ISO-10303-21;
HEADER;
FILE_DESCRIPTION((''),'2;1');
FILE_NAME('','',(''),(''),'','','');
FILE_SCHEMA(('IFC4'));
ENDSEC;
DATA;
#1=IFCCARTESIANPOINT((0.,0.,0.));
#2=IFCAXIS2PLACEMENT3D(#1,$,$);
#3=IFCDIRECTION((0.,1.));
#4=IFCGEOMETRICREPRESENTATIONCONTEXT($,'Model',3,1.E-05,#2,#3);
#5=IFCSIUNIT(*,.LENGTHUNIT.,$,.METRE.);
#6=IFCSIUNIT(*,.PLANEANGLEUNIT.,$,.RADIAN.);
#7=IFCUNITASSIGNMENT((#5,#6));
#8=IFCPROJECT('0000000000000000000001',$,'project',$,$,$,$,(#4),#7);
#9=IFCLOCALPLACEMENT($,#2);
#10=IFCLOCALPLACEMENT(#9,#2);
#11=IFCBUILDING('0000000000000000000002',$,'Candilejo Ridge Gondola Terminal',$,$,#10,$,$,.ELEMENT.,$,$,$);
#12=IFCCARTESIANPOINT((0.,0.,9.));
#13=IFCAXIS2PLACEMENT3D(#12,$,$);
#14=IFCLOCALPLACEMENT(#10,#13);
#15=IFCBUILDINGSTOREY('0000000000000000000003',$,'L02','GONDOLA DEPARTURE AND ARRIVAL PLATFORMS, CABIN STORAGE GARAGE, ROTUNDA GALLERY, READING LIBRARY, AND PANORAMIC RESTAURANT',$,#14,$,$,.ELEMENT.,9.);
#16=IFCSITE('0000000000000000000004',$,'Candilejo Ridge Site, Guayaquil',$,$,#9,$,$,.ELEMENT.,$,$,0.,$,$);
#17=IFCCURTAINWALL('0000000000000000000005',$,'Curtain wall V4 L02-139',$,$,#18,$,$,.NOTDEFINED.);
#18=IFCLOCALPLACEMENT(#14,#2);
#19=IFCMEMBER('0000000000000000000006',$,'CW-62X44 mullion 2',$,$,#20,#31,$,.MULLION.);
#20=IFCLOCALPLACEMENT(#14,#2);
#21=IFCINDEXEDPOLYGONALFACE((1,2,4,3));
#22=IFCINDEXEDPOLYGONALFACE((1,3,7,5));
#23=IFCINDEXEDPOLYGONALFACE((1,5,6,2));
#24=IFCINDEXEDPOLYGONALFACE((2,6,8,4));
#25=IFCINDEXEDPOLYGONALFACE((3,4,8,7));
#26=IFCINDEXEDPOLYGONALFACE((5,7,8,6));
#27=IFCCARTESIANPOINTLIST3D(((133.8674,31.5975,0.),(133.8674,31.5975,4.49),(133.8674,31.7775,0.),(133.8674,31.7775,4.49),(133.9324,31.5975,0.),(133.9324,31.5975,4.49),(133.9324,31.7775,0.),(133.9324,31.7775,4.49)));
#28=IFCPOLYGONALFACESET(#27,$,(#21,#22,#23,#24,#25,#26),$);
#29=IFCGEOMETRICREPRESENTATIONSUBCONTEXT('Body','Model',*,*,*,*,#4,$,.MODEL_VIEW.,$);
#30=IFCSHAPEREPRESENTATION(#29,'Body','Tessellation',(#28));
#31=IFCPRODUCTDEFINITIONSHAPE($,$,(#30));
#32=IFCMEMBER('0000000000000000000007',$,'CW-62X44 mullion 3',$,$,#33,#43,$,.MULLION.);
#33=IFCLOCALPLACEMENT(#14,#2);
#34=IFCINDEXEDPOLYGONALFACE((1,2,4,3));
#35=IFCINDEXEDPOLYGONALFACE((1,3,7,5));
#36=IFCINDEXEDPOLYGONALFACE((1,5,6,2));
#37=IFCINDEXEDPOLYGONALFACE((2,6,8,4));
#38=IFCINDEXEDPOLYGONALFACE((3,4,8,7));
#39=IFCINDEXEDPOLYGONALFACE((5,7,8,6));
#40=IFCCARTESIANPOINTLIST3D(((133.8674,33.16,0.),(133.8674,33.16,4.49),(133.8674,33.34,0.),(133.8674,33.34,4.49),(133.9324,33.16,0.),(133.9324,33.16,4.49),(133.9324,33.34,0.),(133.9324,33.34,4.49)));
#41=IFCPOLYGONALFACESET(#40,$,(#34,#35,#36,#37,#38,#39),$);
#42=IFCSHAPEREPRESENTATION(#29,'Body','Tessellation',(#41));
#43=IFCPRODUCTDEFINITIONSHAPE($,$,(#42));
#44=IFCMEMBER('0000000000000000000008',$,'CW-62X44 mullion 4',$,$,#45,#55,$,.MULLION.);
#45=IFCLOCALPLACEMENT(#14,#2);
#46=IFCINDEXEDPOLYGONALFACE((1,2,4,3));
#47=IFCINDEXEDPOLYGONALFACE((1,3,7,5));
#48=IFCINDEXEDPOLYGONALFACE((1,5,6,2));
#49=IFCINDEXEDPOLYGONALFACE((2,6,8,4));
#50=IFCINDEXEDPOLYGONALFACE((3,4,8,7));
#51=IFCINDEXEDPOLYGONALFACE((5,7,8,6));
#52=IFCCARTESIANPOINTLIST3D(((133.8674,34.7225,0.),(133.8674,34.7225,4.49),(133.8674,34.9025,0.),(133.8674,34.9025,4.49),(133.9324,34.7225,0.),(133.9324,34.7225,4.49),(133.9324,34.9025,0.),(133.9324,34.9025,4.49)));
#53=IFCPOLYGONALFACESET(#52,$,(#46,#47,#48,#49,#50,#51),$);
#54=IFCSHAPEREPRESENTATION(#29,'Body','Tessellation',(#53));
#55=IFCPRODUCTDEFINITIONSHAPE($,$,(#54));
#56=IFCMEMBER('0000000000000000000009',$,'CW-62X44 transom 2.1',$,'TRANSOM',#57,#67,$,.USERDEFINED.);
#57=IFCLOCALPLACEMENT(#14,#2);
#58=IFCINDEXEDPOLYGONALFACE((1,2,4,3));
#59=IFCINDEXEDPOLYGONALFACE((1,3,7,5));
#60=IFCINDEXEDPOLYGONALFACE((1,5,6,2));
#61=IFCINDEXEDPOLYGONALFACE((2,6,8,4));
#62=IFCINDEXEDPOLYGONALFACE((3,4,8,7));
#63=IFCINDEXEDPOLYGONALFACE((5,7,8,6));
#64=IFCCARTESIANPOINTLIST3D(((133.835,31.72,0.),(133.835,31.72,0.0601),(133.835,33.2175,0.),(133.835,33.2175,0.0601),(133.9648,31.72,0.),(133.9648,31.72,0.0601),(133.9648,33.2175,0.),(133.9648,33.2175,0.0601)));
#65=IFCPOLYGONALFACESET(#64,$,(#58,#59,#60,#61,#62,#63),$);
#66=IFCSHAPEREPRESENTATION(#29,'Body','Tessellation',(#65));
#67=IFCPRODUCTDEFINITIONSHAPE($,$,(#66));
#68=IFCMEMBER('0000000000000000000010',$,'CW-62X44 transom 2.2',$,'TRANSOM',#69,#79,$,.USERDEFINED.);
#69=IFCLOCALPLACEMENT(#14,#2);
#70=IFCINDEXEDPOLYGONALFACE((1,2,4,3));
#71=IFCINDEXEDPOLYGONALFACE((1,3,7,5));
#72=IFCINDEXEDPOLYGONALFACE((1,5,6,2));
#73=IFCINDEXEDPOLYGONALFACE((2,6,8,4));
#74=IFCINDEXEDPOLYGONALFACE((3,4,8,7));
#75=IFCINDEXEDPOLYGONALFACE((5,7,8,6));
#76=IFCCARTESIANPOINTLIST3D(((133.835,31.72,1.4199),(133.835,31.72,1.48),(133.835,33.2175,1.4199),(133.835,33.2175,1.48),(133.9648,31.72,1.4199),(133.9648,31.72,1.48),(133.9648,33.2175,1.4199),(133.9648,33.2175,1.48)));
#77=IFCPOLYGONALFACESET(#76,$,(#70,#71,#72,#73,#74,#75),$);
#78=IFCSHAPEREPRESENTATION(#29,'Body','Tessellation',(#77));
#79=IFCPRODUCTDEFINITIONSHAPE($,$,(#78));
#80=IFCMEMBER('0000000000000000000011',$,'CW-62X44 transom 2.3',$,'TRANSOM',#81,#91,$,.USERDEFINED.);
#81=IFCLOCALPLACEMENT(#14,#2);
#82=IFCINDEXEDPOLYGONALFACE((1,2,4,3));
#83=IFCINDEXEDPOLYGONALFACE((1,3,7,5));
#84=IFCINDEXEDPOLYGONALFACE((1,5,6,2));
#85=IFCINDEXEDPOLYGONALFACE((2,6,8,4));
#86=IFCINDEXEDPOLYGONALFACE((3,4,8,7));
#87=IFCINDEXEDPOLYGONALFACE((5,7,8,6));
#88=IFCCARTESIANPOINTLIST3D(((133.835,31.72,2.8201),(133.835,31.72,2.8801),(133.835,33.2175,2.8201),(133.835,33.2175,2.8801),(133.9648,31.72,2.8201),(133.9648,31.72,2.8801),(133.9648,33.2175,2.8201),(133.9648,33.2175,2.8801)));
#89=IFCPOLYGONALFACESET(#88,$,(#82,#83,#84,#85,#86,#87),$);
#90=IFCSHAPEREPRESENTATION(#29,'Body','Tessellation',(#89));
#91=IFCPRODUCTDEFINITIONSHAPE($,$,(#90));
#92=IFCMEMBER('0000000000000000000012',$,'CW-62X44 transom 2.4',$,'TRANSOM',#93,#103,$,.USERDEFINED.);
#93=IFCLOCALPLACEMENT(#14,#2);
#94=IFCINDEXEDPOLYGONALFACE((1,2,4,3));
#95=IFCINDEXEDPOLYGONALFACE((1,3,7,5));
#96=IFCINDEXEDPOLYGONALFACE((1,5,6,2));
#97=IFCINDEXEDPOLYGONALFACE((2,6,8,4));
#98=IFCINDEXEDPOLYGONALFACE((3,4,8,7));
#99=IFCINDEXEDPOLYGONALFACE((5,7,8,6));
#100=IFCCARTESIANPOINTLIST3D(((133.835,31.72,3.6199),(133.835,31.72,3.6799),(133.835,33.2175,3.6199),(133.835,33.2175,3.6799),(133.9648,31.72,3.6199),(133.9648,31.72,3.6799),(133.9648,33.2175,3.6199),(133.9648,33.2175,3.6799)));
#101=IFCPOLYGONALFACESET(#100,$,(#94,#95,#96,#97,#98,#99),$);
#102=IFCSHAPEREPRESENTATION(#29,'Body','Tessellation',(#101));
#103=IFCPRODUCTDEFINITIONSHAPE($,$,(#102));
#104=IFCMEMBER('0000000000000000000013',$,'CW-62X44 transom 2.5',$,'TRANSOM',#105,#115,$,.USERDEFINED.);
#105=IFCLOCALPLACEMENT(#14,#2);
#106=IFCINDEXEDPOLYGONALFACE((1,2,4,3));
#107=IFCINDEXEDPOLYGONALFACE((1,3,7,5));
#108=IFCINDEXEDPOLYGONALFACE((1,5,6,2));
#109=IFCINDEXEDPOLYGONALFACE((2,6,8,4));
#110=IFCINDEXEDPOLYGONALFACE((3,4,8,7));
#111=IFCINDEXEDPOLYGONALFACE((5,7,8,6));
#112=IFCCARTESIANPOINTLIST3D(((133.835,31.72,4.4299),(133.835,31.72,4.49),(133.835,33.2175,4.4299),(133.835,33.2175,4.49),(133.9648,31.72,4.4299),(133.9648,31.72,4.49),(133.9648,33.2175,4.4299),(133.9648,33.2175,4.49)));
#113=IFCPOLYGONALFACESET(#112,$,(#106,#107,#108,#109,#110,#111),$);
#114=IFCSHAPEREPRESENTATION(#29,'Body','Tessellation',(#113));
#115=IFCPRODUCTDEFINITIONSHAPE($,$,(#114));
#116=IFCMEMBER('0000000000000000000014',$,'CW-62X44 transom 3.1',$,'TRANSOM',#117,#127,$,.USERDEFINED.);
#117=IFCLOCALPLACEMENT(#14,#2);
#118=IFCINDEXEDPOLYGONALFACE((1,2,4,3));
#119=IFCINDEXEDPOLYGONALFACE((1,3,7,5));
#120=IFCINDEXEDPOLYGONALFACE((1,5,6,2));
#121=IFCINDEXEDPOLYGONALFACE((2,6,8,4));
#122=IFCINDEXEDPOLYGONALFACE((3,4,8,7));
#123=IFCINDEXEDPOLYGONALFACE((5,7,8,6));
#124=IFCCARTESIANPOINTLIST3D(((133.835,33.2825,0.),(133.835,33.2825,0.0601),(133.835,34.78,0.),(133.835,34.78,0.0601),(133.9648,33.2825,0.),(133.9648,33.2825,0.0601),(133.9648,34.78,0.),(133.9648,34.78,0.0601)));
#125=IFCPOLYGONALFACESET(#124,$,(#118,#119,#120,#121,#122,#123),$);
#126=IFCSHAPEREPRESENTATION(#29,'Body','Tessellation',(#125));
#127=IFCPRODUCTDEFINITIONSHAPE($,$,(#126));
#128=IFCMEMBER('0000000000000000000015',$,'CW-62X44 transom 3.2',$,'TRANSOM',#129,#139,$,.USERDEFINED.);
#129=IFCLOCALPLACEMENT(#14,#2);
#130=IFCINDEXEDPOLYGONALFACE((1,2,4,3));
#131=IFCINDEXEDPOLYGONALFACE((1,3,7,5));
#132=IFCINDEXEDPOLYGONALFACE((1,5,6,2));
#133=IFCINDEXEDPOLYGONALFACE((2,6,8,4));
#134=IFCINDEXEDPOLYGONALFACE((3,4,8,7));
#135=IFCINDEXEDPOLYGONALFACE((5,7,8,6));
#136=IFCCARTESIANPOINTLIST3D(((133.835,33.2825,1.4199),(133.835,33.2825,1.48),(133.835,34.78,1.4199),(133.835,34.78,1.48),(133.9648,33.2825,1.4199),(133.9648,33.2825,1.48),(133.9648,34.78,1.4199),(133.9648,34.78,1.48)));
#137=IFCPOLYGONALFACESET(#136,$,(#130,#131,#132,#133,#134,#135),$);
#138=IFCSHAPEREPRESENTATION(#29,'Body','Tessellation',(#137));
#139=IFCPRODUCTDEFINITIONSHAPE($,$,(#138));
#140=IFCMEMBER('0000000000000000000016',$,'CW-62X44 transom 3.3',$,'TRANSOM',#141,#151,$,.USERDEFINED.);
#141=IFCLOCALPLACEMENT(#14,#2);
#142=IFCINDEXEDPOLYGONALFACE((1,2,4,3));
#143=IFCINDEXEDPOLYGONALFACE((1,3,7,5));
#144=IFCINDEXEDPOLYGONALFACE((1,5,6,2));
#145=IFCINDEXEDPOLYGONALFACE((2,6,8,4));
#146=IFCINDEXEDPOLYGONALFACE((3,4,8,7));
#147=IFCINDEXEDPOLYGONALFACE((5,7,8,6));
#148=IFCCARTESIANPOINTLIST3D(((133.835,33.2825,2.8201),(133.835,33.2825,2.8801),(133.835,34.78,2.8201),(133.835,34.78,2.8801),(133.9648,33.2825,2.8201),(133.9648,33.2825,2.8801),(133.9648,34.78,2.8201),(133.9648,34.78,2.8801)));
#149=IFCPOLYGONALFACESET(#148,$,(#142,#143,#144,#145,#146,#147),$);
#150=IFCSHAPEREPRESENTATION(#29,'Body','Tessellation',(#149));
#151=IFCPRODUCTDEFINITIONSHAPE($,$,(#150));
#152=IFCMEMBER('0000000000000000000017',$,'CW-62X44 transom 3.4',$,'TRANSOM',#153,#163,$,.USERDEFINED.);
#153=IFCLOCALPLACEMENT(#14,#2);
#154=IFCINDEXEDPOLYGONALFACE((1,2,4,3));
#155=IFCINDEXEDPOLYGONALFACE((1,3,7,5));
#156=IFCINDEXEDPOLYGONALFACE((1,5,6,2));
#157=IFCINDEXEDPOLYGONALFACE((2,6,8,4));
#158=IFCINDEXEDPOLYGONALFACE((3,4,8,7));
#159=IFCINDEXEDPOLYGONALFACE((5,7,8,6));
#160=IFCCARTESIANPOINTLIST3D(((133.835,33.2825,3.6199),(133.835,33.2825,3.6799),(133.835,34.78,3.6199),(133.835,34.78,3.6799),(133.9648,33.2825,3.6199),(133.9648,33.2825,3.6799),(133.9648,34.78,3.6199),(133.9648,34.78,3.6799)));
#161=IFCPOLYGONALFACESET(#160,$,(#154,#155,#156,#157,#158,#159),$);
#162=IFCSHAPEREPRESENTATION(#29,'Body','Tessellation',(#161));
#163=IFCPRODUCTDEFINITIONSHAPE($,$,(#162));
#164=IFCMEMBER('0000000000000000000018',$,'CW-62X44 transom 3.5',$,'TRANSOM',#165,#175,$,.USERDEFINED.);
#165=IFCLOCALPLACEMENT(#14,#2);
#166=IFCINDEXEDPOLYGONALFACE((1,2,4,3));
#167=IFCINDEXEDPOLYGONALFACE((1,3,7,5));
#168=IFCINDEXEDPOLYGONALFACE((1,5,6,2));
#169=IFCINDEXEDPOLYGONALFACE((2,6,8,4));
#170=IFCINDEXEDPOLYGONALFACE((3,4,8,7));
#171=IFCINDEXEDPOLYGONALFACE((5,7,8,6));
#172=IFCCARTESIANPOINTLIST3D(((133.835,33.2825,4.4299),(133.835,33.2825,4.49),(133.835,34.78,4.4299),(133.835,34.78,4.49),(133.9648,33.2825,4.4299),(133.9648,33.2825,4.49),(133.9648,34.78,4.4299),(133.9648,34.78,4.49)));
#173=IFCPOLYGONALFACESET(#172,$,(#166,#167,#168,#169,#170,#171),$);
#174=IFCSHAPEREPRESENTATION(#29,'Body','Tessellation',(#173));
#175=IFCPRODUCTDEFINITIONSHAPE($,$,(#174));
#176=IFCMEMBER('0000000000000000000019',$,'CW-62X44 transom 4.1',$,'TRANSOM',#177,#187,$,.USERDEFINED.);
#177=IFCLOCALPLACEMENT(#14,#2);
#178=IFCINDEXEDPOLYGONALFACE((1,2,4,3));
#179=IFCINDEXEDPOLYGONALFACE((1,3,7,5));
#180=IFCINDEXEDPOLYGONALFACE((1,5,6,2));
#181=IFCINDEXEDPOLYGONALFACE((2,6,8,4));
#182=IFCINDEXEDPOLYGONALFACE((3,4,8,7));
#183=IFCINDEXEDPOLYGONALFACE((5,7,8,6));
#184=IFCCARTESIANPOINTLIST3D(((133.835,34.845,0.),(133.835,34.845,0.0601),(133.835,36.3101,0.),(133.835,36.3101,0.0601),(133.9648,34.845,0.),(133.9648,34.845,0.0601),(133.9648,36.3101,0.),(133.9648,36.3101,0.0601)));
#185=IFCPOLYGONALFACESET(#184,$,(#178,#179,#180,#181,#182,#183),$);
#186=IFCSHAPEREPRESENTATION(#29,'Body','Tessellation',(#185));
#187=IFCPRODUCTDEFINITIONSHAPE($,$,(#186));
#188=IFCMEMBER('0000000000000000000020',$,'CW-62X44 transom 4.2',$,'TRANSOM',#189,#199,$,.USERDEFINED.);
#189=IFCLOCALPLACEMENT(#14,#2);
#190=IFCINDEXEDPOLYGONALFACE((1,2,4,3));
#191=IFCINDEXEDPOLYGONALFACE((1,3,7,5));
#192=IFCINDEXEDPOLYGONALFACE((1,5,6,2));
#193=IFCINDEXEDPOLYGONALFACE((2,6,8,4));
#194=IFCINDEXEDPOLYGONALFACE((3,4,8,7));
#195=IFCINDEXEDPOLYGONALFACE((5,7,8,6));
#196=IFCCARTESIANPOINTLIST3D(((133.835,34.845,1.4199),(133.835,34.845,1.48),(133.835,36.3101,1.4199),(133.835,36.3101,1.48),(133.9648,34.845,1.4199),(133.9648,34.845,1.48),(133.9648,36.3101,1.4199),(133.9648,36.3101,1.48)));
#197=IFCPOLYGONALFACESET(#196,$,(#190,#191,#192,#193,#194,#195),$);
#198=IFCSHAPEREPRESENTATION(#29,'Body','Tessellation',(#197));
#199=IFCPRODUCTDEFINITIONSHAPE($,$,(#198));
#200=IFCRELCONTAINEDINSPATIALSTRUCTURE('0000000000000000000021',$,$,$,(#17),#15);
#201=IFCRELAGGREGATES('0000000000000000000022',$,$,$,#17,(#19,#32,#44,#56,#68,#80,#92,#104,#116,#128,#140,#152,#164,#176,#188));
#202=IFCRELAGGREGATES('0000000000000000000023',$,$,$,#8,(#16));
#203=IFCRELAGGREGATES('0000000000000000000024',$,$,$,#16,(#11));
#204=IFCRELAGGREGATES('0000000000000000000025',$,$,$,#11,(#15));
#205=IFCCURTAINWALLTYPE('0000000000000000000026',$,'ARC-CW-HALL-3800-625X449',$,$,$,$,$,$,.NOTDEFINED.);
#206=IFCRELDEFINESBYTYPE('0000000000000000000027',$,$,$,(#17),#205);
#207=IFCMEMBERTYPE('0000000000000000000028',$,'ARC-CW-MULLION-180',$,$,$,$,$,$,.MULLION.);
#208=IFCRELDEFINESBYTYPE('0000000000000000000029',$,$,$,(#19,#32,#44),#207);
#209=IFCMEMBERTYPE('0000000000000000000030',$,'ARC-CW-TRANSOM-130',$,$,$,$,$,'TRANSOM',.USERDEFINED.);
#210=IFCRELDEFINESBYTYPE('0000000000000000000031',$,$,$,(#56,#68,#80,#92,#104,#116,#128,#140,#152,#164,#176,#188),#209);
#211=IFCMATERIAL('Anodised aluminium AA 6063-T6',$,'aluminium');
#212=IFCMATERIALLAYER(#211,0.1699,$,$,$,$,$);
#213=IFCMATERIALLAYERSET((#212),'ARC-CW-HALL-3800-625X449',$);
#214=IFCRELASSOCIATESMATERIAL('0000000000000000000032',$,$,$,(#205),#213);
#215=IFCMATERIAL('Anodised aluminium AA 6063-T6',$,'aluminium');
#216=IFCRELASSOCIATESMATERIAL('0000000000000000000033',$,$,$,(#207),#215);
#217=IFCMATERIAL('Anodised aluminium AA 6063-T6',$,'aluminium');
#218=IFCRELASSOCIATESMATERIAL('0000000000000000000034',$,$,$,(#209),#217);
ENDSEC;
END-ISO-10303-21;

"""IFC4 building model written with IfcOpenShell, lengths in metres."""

from ifc_helpers import new_model, si_unit, direction, frame, origin, origin_2d, place, context, subcontext, project, spatial, rectangle, extrude, material, layer, layer_set, material_profile, profile_set, type_object, element, aggregate, save


model = new_model("IFC4")

# Units and contexts
model_context = context("Model", 3, precision=1e-05, world=origin(), true_north=direction((0.0, 1.0)))
body_context = subcontext(model_context, "Body", "Model", "MODEL_VIEW")
ifc_project = project(units=[si_unit("LENGTHUNIT", "METRE"), si_unit("PLANEANGLEUNIT", "RADIAN")], contexts=[model_context])

# Site, building, storey
site_placement = place(None, origin())
site = spatial("IfcSite", under=ifc_project, at=site_placement, Name="Candilejo Ridge Site, Guayaquil", CompositionType="ELEMENT", RefElevation=0.0)
building_placement = place(site_placement, origin())
building = spatial("IfcBuilding", under=site, at=building_placement, Name="Candilejo Ridge Gondola Terminal", CompositionType="ELEMENT")
storey_placement = place(building_placement, frame((0.0, 0.0, 9.0)))
storey = spatial("IfcBuildingStorey", under=building, at=storey_placement, Name="L02", Description="GONDOLA DEPARTURE AND ARRIVAL PLATFORMS, CABIN STORAGE GARAGE, ROTUNDA GALLERY, READING LIBRARY, AND PANORAMIC RESTAURANT", CompositionType="ELEMENT", Elevation=9.0)

# Curtain wall, members
ifc_material_1 = material(Name="Anodised aluminium AA 6063-T6", Category="aluminium")
ifc_layer_1 = layer(ifc_material_1, 0.1699)
ifc_layer_set_1 = layer_set([ifc_layer_1], Name="ARC-CW-HALL-3800-625X449")
curtain_wall_type = type_object("IfcCurtainWallType", Name="ARC-CW-HALL-3800-625X449", PredefinedType="NOTDEFINED", material=ifc_layer_set_1)
curtain_wall_placement = place(storey_placement, origin())
curtain_wall = element("IfcCurtainWall", 1, at=curtain_wall_placement, inside=storey, type_object=curtain_wall_type, Name="Curtain wall V4 L02-139", PredefinedType="NOTDEFINED")
ifc_material_2 = material(Name="Anodised aluminium AA 6063-T6", Category="aluminium")
ifc_material_profile_1 = material_profile(ifc_material_2, rectangle(XDim=0.0649, YDim=0.1799, at=origin_2d()))
ifc_profile_set_1 = profile_set([ifc_material_profile_1], Name="Anodised aluminium AA 6063-T6")
member_type_1 = type_object("IfcMemberType", Name="ARC-CW-MULLION-180", PredefinedType="MULLION", material=ifc_profile_set_1)
member_1_placement = place(storey_placement, frame((133.8999, 31.6875, 0.0), z_axis=(0.0, 0.0, 1.0), x_axis=(-1.0, 0.0, 0.0)))
member_1 = element("IfcMember", 2, at=member_1_placement, type_object=member_type_1, Name="CW-62X44 mullion 2", PredefinedType="MULLION", context=body_context, shape_type="SweptSolid", body=[
    extrude(rectangle(XDim=0.0649, YDim=0.1799, at=origin_2d()), origin(), (0.0, 0.0, 1.0), 4.49),
])
member_2_placement = place(storey_placement, frame((133.8999, 33.25, 0.0), z_axis=(0.0, 0.0, 1.0), x_axis=(-1.0, 0.0, 0.0)))
member_2 = element("IfcMember", 3, at=member_2_placement, type_object=member_type_1, Name="CW-62X44 mullion 3", PredefinedType="MULLION", context=body_context, shape_type="SweptSolid", body=[
    extrude(rectangle(XDim=0.0649, YDim=0.1799, at=origin_2d()), origin(), (0.0, 0.0, 1.0), 4.49),
])
member_3_placement = place(storey_placement, frame((133.8999, 34.8125, 0.0), z_axis=(0.0, 0.0, 1.0), x_axis=(-1.0, 0.0, 0.0)))
member_3 = element("IfcMember", 4, at=member_3_placement, type_object=member_type_1, Name="CW-62X44 mullion 4", PredefinedType="MULLION", context=body_context, shape_type="SweptSolid", body=[
    extrude(rectangle(XDim=0.0649, YDim=0.1799, at=origin_2d()), origin(), (0.0, 0.0, 1.0), 4.49),
])
ifc_material_3 = material(Name="Anodised aluminium AA 6063-T6", Category="aluminium")
ifc_material_profile_2 = material_profile(ifc_material_3, rectangle(XDim=0.1299, YDim=0.0601, at=origin_2d()))
ifc_profile_set_2 = profile_set([ifc_material_profile_2], Name="Anodised aluminium AA 6063-T6")
member_type_2 = type_object("IfcMemberType", Name="ARC-CW-TRANSOM-130", ElementType="TRANSOM", PredefinedType="USERDEFINED", material=ifc_profile_set_2)
member_4_placement = place(storey_placement, frame((133.8999, 31.72, 0.03), z_axis=(0.0, 1.0, 0.0), x_axis=(-1.0, 0.0, 0.0)))
member_4 = element("IfcMember", 5, at=member_4_placement, type_object=member_type_2, Name="CW-62X44 transom 2.1", ObjectType="TRANSOM", PredefinedType="USERDEFINED", context=body_context, shape_type="SweptSolid", body=[
    extrude(rectangle(XDim=0.1299, YDim=0.0601, at=origin_2d()), origin(), (0.0, 0.0, 1.0), 1.4976),
])
member_5_placement = place(storey_placement, frame((133.8999, 31.72, 1.45), z_axis=(0.0, 1.0, 0.0), x_axis=(-1.0, 0.0, 0.0)))
member_5 = element("IfcMember", 6, at=member_5_placement, type_object=member_type_2, Name="CW-62X44 transom 2.2", ObjectType="TRANSOM", PredefinedType="USERDEFINED", context=body_context, shape_type="SweptSolid", body=[
    extrude(rectangle(XDim=0.1299, YDim=0.0601, at=origin_2d()), origin(), (0.0, 0.0, 1.0), 1.4976),
])
member_6_placement = place(storey_placement, frame((133.8999, 31.72, 2.8501), z_axis=(0.0, 1.0, 0.0), x_axis=(-1.0, 0.0, 0.0)))
member_6 = element("IfcMember", 7, at=member_6_placement, type_object=member_type_2, Name="CW-62X44 transom 2.3", ObjectType="TRANSOM", PredefinedType="USERDEFINED", context=body_context, shape_type="SweptSolid", body=[
    extrude(rectangle(XDim=0.1299, YDim=0.0601, at=origin_2d()), origin(), (0.0, 0.0, 1.0), 1.4976),
])
member_7_placement = place(storey_placement, frame((133.8999, 31.72, 3.6499), z_axis=(0.0, 1.0, 0.0), x_axis=(-1.0, 0.0, 0.0)))
member_7 = element("IfcMember", 8, at=member_7_placement, type_object=member_type_2, Name="CW-62X44 transom 2.4", ObjectType="TRANSOM", PredefinedType="USERDEFINED", context=body_context, shape_type="SweptSolid", body=[
    extrude(rectangle(XDim=0.1299, YDim=0.0601, at=origin_2d()), origin(), (0.0, 0.0, 1.0), 1.4976),
])
member_8_placement = place(storey_placement, frame((133.8999, 31.72, 4.46), z_axis=(0.0, 1.0, 0.0), x_axis=(-1.0, 0.0, 0.0)))
member_8 = element("IfcMember", 9, at=member_8_placement, type_object=member_type_2, Name="CW-62X44 transom 2.5", ObjectType="TRANSOM", PredefinedType="USERDEFINED", context=body_context, shape_type="SweptSolid", body=[
    extrude(rectangle(XDim=0.1299, YDim=0.0601, at=origin_2d()), origin(), (0.0, 0.0, 1.0), 1.4976),
])
member_9_placement = place(storey_placement, frame((133.8999, 33.2825, 0.03), z_axis=(0.0, 1.0, 0.0), x_axis=(-1.0, 0.0, 0.0)))
member_9 = element("IfcMember", 10, at=member_9_placement, type_object=member_type_2, Name="CW-62X44 transom 3.1", ObjectType="TRANSOM", PredefinedType="USERDEFINED", context=body_context, shape_type="SweptSolid", body=[
    extrude(rectangle(XDim=0.1299, YDim=0.0601, at=origin_2d()), origin(), (0.0, 0.0, 1.0), 1.4976),
])
member_10_placement = place(storey_placement, frame((133.8999, 33.2825, 1.45), z_axis=(0.0, 1.0, 0.0), x_axis=(-1.0, 0.0, 0.0)))
member_10 = element("IfcMember", 11, at=member_10_placement, type_object=member_type_2, Name="CW-62X44 transom 3.2", ObjectType="TRANSOM", PredefinedType="USERDEFINED", context=body_context, shape_type="SweptSolid", body=[
    extrude(rectangle(XDim=0.1299, YDim=0.0601, at=origin_2d()), origin(), (0.0, 0.0, 1.0), 1.4976),
])
member_11_placement = place(storey_placement, frame((133.8999, 33.2825, 2.8501), z_axis=(0.0, 1.0, 0.0), x_axis=(-1.0, 0.0, 0.0)))
member_11 = element("IfcMember", 12, at=member_11_placement, type_object=member_type_2, Name="CW-62X44 transom 3.3", ObjectType="TRANSOM", PredefinedType="USERDEFINED", context=body_context, shape_type="SweptSolid", body=[
    extrude(rectangle(XDim=0.1299, YDim=0.0601, at=origin_2d()), origin(), (0.0, 0.0, 1.0), 1.4976),
])
member_12_placement = place(storey_placement, frame((133.8999, 33.2825, 3.6499), z_axis=(0.0, 1.0, 0.0), x_axis=(-1.0, 0.0, 0.0)))
member_12 = element("IfcMember", 13, at=member_12_placement, type_object=member_type_2, Name="CW-62X44 transom 3.4", ObjectType="TRANSOM", PredefinedType="USERDEFINED", context=body_context, shape_type="SweptSolid", body=[
    extrude(rectangle(XDim=0.1299, YDim=0.0601, at=origin_2d()), origin(), (0.0, 0.0, 1.0), 1.4976),
])
member_13_placement = place(storey_placement, frame((133.8999, 33.2825, 4.46), z_axis=(0.0, 1.0, 0.0), x_axis=(-1.0, 0.0, 0.0)))
member_13 = element("IfcMember", 14, at=member_13_placement, type_object=member_type_2, Name="CW-62X44 transom 3.5", ObjectType="TRANSOM", PredefinedType="USERDEFINED", context=body_context, shape_type="SweptSolid", body=[
    extrude(rectangle(XDim=0.1299, YDim=0.0601, at=origin_2d()), origin(), (0.0, 0.0, 1.0), 1.4976),
])
member_14_placement = place(storey_placement, frame((133.8999, 34.845, 0.03), z_axis=(0.0, 1.0, 0.0), x_axis=(-1.0, 0.0, 0.0)))
member_14 = element("IfcMember", 15, at=member_14_placement, type_object=member_type_2, Name="CW-62X44 transom 4.1", ObjectType="TRANSOM", PredefinedType="USERDEFINED", context=body_context, shape_type="SweptSolid", body=[
    extrude(rectangle(XDim=0.1299, YDim=0.0601, at=origin_2d()), origin(), (0.0, 0.0, 1.0), 1.4651),
])
member_15_placement = place(storey_placement, frame((133.8999, 34.845, 1.45), z_axis=(0.0, 1.0, 0.0), x_axis=(-1.0, 0.0, 0.0)))
member_15 = element("IfcMember", 16, at=member_15_placement, type_object=member_type_2, Name="CW-62X44 transom 4.2", ObjectType="TRANSOM", PredefinedType="USERDEFINED", context=body_context, shape_type="SweptSolid", body=[
    extrude(rectangle(XDim=0.1299, YDim=0.0601, at=origin_2d()), origin(), (0.0, 0.0, 1.0), 1.4651),
])

aggregate(curtain_wall, [member_1, member_2, member_3, member_4, member_5, member_6, member_7, member_8, member_9, member_10, member_11, member_12, member_13, member_14, member_15])

save(model, "model.ifc")
